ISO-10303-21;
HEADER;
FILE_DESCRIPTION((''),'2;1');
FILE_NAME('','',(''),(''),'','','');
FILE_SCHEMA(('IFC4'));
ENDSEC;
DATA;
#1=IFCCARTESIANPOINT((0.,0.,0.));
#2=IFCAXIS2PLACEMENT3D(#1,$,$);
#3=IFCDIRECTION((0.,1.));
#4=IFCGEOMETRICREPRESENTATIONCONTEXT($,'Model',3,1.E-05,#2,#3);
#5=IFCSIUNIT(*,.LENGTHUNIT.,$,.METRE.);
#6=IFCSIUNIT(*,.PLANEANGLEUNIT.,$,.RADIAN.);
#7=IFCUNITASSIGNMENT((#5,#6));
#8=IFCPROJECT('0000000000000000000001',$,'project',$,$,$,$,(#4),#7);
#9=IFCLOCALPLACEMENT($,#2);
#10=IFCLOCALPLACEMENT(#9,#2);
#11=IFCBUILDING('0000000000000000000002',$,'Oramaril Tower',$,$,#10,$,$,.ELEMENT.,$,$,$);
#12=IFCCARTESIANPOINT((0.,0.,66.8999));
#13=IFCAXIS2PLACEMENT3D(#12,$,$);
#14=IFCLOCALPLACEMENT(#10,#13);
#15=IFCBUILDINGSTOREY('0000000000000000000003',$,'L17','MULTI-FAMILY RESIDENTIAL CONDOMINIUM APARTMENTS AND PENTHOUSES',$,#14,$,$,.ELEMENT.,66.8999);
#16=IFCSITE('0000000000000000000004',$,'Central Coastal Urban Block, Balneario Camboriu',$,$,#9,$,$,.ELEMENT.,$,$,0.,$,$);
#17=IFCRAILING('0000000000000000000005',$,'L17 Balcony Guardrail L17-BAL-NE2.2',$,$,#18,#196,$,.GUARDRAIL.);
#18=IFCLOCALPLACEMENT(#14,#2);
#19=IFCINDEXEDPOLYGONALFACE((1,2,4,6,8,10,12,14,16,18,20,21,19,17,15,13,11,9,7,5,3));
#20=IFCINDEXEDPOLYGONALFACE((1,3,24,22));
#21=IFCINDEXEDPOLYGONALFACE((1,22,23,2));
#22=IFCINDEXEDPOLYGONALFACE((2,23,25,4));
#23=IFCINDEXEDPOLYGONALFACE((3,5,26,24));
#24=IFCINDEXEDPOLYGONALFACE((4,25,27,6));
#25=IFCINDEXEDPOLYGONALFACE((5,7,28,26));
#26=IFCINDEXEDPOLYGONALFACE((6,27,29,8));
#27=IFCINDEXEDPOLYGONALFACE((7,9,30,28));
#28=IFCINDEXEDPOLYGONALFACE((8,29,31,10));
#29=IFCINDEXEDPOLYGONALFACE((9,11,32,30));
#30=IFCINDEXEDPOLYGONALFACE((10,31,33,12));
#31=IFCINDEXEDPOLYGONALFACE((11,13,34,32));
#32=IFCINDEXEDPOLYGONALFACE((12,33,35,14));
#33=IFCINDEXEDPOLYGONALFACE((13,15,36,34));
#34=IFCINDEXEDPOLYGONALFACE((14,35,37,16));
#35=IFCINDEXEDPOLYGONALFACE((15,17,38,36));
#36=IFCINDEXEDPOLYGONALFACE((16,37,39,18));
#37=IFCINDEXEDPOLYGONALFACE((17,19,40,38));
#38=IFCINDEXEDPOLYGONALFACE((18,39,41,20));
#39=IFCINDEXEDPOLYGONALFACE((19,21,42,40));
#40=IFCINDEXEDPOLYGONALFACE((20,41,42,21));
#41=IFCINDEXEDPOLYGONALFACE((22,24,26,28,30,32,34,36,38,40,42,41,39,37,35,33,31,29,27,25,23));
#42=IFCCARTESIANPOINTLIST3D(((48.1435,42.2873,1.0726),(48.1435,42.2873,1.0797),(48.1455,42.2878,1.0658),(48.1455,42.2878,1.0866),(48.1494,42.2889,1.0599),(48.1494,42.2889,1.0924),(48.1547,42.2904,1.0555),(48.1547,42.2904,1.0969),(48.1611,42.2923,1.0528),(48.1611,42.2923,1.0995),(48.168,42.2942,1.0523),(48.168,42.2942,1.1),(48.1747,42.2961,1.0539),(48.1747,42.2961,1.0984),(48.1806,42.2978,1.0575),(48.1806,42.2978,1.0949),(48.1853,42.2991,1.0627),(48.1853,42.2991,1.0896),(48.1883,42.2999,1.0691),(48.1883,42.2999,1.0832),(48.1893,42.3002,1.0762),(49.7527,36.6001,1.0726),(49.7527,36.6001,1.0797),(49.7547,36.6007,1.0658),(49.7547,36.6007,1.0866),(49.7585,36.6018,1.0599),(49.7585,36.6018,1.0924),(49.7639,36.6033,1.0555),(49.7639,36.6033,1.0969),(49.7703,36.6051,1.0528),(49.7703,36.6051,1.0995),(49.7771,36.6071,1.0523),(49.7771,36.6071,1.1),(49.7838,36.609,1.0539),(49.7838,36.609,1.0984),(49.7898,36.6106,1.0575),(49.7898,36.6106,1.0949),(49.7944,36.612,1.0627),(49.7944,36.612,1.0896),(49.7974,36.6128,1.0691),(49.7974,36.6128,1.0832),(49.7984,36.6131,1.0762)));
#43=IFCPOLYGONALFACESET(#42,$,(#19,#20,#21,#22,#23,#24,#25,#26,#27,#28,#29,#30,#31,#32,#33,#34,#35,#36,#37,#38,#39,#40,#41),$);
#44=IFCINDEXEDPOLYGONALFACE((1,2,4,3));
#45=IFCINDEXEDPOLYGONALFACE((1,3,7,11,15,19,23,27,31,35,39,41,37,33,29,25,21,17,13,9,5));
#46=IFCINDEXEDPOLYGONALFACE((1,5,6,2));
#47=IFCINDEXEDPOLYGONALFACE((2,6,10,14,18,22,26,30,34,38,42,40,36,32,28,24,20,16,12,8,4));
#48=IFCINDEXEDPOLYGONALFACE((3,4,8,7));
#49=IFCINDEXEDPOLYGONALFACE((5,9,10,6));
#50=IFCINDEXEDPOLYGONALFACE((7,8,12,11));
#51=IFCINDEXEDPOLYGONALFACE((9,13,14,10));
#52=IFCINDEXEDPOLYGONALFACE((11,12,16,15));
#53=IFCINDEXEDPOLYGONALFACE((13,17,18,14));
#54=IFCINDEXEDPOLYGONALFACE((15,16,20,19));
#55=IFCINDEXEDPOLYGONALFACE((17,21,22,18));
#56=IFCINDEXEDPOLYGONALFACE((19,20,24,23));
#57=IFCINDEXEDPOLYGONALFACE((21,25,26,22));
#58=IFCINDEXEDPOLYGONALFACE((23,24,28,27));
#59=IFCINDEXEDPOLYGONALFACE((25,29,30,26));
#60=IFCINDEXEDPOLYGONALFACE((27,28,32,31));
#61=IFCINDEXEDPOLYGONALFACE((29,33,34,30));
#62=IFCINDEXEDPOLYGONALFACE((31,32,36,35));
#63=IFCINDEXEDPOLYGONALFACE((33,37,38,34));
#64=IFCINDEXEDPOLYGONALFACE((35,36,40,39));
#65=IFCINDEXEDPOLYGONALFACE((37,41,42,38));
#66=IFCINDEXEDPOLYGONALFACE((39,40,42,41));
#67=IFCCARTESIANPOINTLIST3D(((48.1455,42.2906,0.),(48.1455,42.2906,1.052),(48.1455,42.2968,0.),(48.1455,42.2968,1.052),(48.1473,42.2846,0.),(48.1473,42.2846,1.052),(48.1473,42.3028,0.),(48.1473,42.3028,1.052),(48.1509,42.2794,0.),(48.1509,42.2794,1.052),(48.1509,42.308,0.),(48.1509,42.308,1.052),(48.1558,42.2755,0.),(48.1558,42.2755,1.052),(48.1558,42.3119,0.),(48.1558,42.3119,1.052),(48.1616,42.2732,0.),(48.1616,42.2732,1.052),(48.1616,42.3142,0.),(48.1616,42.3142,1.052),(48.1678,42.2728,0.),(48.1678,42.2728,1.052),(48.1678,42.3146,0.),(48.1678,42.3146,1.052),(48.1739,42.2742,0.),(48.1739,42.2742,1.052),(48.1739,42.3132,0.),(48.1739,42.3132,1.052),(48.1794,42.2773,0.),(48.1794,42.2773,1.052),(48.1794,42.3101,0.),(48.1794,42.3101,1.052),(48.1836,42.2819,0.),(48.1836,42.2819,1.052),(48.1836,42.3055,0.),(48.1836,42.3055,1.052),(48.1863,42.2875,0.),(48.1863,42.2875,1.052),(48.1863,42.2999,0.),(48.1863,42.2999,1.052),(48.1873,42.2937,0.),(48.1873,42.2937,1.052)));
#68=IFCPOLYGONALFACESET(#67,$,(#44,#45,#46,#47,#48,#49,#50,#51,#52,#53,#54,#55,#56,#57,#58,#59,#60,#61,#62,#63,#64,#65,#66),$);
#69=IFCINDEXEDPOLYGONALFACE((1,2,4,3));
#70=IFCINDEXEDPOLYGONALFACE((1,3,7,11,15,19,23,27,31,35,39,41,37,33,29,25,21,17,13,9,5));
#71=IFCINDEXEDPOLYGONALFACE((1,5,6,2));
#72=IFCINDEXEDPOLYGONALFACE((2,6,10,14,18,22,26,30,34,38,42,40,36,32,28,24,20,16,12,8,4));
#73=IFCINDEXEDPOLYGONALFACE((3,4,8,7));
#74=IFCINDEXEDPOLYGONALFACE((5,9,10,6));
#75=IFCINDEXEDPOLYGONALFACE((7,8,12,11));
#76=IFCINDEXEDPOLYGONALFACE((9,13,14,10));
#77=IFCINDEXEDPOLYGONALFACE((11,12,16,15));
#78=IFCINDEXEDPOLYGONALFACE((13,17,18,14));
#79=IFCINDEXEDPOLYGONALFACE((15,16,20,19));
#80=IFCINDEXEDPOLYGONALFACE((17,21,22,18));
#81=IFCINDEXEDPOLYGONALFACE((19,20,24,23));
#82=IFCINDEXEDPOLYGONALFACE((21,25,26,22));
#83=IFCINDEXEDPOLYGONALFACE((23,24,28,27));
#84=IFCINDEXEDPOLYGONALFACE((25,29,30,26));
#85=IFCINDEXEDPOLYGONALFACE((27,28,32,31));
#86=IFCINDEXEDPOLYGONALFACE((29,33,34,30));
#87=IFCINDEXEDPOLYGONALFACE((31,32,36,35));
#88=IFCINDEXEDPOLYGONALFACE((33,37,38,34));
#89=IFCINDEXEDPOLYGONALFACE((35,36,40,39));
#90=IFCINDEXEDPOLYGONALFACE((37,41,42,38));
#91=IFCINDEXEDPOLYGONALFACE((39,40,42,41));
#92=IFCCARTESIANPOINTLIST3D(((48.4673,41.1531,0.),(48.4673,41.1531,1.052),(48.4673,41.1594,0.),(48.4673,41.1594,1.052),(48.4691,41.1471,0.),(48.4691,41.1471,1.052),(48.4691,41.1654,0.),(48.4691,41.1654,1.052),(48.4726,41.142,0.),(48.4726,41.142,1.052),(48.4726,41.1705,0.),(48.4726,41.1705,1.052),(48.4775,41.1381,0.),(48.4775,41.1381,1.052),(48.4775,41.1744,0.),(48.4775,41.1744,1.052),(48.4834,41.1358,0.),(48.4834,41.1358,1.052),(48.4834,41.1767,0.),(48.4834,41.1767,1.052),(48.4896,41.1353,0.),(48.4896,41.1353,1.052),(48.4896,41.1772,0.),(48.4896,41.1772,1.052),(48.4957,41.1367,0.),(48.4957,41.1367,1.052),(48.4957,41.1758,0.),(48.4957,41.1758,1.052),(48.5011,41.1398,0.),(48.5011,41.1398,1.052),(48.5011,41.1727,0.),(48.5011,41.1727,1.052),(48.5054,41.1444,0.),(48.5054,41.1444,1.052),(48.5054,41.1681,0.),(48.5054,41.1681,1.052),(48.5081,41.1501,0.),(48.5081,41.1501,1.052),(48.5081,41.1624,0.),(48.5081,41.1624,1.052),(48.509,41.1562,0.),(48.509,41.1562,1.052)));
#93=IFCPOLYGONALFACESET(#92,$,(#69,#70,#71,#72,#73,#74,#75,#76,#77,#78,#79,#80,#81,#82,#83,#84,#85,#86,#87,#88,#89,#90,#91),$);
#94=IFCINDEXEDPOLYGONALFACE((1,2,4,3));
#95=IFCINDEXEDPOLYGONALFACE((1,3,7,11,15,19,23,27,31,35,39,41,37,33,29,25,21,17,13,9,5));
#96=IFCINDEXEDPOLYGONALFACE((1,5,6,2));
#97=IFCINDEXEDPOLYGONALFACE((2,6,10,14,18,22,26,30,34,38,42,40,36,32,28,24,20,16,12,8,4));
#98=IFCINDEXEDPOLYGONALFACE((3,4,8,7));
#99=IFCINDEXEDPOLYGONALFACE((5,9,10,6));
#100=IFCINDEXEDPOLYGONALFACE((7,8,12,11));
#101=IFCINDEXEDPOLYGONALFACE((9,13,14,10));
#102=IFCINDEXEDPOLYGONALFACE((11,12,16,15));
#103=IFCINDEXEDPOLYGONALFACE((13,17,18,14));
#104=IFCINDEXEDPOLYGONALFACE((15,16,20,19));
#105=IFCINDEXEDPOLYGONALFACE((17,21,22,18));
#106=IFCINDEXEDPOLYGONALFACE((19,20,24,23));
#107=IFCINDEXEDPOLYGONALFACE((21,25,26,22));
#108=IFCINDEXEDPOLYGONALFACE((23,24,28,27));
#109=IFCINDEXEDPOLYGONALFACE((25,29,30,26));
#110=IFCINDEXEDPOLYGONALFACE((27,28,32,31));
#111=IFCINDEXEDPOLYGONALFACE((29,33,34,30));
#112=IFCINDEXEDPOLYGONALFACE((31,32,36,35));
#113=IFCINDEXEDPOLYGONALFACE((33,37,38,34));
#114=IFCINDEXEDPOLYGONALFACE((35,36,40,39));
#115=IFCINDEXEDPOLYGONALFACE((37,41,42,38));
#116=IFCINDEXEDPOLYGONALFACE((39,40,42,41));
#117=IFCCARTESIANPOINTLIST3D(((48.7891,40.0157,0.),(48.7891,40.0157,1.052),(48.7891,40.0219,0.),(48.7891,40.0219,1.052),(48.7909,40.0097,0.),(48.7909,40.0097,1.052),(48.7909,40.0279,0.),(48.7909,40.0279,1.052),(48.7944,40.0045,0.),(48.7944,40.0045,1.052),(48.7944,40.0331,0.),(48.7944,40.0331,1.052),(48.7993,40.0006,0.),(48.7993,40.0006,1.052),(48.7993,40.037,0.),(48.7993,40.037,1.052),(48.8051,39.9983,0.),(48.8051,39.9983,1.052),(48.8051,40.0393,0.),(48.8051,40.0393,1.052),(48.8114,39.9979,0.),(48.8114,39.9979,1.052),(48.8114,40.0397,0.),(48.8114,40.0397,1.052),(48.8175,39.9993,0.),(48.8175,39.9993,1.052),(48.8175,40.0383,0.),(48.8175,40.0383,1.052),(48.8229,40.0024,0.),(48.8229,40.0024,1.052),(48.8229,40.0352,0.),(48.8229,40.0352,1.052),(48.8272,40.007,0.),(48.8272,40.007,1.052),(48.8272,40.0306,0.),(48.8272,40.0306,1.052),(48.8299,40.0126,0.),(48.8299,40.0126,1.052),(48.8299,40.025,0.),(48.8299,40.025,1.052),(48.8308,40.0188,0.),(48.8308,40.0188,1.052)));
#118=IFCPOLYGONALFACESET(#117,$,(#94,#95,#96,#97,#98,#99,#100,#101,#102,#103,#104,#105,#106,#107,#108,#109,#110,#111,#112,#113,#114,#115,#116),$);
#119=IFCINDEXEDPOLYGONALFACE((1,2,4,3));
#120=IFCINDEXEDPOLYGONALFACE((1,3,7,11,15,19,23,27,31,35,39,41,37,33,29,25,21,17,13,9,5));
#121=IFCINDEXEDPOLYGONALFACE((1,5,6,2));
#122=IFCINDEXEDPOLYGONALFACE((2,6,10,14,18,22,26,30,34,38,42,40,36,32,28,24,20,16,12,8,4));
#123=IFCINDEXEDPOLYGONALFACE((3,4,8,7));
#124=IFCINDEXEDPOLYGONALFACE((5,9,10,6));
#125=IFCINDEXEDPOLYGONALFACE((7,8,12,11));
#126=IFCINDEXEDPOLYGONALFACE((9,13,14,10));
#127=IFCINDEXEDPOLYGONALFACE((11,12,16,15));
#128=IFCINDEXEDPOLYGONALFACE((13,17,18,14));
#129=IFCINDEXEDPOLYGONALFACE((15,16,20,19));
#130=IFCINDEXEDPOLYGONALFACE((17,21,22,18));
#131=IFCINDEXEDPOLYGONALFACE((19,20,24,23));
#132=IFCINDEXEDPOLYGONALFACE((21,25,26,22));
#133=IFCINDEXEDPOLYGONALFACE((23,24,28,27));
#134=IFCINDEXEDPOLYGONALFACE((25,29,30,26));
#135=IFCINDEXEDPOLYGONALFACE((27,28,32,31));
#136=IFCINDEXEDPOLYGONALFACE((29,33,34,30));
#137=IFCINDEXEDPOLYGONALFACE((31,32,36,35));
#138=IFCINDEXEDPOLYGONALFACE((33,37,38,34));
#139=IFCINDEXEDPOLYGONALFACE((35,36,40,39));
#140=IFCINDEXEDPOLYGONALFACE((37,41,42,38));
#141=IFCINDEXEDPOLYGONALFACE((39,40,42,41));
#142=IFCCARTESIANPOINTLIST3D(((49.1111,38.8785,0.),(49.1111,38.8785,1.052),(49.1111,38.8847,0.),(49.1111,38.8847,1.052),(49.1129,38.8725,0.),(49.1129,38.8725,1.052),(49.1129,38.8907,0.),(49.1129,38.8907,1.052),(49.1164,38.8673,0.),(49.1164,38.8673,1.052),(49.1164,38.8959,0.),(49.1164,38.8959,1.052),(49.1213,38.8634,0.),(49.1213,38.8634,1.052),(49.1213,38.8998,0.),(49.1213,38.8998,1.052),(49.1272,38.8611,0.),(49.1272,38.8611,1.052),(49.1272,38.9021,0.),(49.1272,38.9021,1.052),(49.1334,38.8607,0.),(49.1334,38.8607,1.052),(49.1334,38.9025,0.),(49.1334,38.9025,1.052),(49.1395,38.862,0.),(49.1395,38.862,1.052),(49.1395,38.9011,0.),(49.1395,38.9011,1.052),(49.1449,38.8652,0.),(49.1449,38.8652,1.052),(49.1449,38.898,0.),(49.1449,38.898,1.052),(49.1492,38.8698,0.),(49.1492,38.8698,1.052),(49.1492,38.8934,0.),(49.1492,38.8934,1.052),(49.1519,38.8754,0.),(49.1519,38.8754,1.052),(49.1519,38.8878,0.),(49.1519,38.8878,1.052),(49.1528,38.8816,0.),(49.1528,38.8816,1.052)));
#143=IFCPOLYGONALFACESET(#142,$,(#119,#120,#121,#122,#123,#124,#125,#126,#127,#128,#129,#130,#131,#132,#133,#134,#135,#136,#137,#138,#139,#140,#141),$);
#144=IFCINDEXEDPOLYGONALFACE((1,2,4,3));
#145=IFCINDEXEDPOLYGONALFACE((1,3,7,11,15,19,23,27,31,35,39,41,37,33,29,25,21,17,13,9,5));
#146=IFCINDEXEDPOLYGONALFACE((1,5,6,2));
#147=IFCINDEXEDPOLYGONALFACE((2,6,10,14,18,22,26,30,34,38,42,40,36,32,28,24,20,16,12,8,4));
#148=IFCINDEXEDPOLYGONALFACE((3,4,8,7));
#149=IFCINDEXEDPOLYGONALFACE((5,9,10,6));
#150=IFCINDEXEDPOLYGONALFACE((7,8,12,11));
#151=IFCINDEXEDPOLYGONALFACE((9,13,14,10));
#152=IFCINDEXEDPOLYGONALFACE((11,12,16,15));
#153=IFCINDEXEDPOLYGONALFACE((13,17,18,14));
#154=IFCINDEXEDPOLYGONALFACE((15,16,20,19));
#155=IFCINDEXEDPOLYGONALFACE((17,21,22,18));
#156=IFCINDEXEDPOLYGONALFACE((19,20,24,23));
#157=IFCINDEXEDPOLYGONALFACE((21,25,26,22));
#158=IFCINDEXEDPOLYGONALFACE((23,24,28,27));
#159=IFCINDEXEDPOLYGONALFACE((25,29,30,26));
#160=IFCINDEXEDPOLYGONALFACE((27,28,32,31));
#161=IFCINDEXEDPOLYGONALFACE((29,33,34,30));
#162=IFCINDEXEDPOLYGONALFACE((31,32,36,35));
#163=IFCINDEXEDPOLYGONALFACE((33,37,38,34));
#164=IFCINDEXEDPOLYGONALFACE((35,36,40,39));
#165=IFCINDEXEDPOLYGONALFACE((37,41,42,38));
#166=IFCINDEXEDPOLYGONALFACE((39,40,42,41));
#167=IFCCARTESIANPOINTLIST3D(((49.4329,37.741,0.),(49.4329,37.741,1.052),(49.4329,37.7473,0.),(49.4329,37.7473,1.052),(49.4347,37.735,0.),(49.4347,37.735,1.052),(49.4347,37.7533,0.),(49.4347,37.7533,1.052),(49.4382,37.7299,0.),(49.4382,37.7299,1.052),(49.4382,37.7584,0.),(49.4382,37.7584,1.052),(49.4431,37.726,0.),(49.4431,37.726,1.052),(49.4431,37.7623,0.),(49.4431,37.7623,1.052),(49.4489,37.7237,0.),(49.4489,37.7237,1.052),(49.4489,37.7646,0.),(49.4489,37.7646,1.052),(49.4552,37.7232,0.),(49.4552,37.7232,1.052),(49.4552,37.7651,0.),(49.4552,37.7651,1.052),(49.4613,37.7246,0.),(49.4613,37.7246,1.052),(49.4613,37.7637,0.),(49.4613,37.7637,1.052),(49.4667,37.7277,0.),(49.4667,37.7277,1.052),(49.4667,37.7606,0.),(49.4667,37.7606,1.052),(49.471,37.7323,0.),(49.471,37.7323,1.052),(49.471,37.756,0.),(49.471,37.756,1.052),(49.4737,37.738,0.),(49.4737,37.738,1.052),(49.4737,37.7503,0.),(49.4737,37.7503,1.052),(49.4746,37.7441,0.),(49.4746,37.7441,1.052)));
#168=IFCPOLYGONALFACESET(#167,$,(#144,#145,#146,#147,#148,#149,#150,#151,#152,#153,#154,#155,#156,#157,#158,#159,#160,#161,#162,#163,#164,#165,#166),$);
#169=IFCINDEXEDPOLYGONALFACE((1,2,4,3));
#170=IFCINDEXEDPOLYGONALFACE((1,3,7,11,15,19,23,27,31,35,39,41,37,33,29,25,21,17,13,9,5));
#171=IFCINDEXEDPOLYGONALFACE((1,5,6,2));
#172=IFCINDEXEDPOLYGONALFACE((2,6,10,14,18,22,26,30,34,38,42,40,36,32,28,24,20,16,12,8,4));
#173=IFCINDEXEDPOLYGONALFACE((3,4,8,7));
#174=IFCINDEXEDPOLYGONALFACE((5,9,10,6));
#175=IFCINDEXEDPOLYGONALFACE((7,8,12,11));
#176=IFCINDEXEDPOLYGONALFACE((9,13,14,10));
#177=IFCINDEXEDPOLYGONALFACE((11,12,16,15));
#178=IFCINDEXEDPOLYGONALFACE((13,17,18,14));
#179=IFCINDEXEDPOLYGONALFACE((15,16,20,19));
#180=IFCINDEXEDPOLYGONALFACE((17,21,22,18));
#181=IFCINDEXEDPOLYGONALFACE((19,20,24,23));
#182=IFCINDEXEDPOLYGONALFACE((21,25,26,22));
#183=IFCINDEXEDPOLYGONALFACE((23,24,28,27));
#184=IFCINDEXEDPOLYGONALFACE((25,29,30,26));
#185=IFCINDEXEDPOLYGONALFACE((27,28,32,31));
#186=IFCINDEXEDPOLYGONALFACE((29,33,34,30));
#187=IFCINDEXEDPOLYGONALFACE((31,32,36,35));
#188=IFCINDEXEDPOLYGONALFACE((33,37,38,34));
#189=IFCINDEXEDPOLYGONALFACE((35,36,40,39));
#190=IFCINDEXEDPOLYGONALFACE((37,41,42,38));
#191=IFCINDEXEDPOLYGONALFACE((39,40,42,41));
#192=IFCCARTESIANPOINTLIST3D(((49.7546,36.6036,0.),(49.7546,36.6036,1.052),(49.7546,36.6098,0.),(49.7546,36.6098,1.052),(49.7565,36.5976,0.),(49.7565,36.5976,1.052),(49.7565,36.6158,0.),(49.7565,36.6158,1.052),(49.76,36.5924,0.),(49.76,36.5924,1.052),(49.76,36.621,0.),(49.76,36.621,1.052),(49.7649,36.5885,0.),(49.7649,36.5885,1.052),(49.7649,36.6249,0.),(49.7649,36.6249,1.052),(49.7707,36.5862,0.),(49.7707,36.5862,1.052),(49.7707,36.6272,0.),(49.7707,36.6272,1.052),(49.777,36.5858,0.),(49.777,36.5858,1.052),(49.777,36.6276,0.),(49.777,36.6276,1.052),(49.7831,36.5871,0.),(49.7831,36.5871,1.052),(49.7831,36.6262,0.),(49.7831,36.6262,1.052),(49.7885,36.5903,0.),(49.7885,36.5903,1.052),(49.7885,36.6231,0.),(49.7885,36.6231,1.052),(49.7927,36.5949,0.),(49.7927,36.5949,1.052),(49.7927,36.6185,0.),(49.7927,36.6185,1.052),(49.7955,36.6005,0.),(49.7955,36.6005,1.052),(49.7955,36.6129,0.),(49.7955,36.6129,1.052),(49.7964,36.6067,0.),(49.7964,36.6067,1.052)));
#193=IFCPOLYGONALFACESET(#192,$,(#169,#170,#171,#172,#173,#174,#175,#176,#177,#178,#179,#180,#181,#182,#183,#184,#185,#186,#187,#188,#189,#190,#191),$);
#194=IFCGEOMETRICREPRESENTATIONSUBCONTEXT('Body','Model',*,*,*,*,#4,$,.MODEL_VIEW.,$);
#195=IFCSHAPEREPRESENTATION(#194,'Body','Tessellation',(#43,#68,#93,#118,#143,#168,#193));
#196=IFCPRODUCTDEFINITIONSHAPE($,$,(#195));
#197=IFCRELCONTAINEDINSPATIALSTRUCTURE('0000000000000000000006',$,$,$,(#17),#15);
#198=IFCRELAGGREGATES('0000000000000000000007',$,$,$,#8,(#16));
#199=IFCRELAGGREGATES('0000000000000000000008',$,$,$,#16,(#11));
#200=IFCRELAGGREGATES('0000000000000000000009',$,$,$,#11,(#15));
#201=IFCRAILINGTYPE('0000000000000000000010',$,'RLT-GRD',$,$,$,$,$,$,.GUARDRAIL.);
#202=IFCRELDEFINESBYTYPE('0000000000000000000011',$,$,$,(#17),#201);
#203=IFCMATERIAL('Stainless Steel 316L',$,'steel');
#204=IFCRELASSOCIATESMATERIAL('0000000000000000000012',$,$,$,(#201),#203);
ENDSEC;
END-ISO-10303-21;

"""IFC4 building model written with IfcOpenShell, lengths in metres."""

from ifc_helpers import new_model, si_unit, direction, frame, origin, origin_2d, place, context, subcontext, project, spatial, circle, extrude, material, type_object, element, save


model = new_model("IFC4")

# Units and contexts
model_context = context("Model", 3, precision=1e-05, world=origin(), true_north=direction((0.0, 1.0)))
body_context = subcontext(model_context, "Body", "Model", "MODEL_VIEW")
ifc_project = project(units=[si_unit("LENGTHUNIT", "METRE"), si_unit("PLANEANGLEUNIT", "RADIAN")], contexts=[model_context])

# Site, building, storey
site_placement = place(None, origin())
site = spatial("IfcSite", under=ifc_project, at=site_placement, Name="Central Coastal Urban Block, Balneario Camboriu", CompositionType="ELEMENT", RefElevation=0.0)
building_placement = place(site_placement, origin())
building = spatial("IfcBuilding", under=site, at=building_placement, Name="Oramaril Tower", CompositionType="ELEMENT")
storey_placement = place(building_placement, frame((0.0, 0.0, 66.8999)))
storey = spatial("IfcBuildingStorey", under=building, at=storey_placement, Name="L17", Description="MULTI-FAMILY RESIDENTIAL CONDOMINIUM APARTMENTS AND PENTHOUSES", CompositionType="ELEMENT", Elevation=66.8999)

# Railing
ifc_material_1 = material(Name="Stainless Steel 316L", Category="steel")
railing_type = type_object("IfcRailingType", Name="RLT-GRD", PredefinedType="GUARDRAIL", material=ifc_material_1)
railing_1_placement = place(storey_placement, frame((48.1663, 42.2937, 0.0)))
element("IfcRailing", 1, at=railing_1_placement, inside=storey, type_object=railing_type, Name="L17 Balcony Guardrail L17-BAL-NE2.2", PredefinedType="GUARDRAIL", context=body_context, shape_type="SweptSolid", body=[
    extrude(circle(Radius=0.0239, at=origin_2d()), frame((0.0, 0.0, 1.0762), z_axis=(0.27226, -0.962224, 0.0), x_axis=(0.962224, 0.27226, 0.0)), (0.0, 0.0, 1.0), 5.9104),
    extrude(circle(Radius=0.021, at=origin_2d()), origin(), (0.0, 0.0, 1.0), 1.052),
    extrude(circle(Radius=0.021, at=origin_2d()), frame((0.3218, -1.1375, 0.0)), (0.0, 0.0, 1.0), 1.052),
    extrude(circle(Radius=0.021, at=origin_2d()), frame((0.6436, -2.2749, 0.0)), (0.0, 0.0, 1.0), 1.052),
    extrude(circle(Radius=0.021, at=origin_2d()), frame((0.9656, -3.4121, 0.0)), (0.0, 0.0, 1.0), 1.052),
    extrude(circle(Radius=0.021, at=origin_2d()), frame((1.2874, -4.5496, 0.0)), (0.0, 0.0, 1.0), 1.052),
    extrude(circle(Radius=0.021, at=origin_2d()), frame((1.6091, -5.687, 0.0)), (0.0, 0.0, 1.0), 1.052),
])

save(model, "model.ifc")
